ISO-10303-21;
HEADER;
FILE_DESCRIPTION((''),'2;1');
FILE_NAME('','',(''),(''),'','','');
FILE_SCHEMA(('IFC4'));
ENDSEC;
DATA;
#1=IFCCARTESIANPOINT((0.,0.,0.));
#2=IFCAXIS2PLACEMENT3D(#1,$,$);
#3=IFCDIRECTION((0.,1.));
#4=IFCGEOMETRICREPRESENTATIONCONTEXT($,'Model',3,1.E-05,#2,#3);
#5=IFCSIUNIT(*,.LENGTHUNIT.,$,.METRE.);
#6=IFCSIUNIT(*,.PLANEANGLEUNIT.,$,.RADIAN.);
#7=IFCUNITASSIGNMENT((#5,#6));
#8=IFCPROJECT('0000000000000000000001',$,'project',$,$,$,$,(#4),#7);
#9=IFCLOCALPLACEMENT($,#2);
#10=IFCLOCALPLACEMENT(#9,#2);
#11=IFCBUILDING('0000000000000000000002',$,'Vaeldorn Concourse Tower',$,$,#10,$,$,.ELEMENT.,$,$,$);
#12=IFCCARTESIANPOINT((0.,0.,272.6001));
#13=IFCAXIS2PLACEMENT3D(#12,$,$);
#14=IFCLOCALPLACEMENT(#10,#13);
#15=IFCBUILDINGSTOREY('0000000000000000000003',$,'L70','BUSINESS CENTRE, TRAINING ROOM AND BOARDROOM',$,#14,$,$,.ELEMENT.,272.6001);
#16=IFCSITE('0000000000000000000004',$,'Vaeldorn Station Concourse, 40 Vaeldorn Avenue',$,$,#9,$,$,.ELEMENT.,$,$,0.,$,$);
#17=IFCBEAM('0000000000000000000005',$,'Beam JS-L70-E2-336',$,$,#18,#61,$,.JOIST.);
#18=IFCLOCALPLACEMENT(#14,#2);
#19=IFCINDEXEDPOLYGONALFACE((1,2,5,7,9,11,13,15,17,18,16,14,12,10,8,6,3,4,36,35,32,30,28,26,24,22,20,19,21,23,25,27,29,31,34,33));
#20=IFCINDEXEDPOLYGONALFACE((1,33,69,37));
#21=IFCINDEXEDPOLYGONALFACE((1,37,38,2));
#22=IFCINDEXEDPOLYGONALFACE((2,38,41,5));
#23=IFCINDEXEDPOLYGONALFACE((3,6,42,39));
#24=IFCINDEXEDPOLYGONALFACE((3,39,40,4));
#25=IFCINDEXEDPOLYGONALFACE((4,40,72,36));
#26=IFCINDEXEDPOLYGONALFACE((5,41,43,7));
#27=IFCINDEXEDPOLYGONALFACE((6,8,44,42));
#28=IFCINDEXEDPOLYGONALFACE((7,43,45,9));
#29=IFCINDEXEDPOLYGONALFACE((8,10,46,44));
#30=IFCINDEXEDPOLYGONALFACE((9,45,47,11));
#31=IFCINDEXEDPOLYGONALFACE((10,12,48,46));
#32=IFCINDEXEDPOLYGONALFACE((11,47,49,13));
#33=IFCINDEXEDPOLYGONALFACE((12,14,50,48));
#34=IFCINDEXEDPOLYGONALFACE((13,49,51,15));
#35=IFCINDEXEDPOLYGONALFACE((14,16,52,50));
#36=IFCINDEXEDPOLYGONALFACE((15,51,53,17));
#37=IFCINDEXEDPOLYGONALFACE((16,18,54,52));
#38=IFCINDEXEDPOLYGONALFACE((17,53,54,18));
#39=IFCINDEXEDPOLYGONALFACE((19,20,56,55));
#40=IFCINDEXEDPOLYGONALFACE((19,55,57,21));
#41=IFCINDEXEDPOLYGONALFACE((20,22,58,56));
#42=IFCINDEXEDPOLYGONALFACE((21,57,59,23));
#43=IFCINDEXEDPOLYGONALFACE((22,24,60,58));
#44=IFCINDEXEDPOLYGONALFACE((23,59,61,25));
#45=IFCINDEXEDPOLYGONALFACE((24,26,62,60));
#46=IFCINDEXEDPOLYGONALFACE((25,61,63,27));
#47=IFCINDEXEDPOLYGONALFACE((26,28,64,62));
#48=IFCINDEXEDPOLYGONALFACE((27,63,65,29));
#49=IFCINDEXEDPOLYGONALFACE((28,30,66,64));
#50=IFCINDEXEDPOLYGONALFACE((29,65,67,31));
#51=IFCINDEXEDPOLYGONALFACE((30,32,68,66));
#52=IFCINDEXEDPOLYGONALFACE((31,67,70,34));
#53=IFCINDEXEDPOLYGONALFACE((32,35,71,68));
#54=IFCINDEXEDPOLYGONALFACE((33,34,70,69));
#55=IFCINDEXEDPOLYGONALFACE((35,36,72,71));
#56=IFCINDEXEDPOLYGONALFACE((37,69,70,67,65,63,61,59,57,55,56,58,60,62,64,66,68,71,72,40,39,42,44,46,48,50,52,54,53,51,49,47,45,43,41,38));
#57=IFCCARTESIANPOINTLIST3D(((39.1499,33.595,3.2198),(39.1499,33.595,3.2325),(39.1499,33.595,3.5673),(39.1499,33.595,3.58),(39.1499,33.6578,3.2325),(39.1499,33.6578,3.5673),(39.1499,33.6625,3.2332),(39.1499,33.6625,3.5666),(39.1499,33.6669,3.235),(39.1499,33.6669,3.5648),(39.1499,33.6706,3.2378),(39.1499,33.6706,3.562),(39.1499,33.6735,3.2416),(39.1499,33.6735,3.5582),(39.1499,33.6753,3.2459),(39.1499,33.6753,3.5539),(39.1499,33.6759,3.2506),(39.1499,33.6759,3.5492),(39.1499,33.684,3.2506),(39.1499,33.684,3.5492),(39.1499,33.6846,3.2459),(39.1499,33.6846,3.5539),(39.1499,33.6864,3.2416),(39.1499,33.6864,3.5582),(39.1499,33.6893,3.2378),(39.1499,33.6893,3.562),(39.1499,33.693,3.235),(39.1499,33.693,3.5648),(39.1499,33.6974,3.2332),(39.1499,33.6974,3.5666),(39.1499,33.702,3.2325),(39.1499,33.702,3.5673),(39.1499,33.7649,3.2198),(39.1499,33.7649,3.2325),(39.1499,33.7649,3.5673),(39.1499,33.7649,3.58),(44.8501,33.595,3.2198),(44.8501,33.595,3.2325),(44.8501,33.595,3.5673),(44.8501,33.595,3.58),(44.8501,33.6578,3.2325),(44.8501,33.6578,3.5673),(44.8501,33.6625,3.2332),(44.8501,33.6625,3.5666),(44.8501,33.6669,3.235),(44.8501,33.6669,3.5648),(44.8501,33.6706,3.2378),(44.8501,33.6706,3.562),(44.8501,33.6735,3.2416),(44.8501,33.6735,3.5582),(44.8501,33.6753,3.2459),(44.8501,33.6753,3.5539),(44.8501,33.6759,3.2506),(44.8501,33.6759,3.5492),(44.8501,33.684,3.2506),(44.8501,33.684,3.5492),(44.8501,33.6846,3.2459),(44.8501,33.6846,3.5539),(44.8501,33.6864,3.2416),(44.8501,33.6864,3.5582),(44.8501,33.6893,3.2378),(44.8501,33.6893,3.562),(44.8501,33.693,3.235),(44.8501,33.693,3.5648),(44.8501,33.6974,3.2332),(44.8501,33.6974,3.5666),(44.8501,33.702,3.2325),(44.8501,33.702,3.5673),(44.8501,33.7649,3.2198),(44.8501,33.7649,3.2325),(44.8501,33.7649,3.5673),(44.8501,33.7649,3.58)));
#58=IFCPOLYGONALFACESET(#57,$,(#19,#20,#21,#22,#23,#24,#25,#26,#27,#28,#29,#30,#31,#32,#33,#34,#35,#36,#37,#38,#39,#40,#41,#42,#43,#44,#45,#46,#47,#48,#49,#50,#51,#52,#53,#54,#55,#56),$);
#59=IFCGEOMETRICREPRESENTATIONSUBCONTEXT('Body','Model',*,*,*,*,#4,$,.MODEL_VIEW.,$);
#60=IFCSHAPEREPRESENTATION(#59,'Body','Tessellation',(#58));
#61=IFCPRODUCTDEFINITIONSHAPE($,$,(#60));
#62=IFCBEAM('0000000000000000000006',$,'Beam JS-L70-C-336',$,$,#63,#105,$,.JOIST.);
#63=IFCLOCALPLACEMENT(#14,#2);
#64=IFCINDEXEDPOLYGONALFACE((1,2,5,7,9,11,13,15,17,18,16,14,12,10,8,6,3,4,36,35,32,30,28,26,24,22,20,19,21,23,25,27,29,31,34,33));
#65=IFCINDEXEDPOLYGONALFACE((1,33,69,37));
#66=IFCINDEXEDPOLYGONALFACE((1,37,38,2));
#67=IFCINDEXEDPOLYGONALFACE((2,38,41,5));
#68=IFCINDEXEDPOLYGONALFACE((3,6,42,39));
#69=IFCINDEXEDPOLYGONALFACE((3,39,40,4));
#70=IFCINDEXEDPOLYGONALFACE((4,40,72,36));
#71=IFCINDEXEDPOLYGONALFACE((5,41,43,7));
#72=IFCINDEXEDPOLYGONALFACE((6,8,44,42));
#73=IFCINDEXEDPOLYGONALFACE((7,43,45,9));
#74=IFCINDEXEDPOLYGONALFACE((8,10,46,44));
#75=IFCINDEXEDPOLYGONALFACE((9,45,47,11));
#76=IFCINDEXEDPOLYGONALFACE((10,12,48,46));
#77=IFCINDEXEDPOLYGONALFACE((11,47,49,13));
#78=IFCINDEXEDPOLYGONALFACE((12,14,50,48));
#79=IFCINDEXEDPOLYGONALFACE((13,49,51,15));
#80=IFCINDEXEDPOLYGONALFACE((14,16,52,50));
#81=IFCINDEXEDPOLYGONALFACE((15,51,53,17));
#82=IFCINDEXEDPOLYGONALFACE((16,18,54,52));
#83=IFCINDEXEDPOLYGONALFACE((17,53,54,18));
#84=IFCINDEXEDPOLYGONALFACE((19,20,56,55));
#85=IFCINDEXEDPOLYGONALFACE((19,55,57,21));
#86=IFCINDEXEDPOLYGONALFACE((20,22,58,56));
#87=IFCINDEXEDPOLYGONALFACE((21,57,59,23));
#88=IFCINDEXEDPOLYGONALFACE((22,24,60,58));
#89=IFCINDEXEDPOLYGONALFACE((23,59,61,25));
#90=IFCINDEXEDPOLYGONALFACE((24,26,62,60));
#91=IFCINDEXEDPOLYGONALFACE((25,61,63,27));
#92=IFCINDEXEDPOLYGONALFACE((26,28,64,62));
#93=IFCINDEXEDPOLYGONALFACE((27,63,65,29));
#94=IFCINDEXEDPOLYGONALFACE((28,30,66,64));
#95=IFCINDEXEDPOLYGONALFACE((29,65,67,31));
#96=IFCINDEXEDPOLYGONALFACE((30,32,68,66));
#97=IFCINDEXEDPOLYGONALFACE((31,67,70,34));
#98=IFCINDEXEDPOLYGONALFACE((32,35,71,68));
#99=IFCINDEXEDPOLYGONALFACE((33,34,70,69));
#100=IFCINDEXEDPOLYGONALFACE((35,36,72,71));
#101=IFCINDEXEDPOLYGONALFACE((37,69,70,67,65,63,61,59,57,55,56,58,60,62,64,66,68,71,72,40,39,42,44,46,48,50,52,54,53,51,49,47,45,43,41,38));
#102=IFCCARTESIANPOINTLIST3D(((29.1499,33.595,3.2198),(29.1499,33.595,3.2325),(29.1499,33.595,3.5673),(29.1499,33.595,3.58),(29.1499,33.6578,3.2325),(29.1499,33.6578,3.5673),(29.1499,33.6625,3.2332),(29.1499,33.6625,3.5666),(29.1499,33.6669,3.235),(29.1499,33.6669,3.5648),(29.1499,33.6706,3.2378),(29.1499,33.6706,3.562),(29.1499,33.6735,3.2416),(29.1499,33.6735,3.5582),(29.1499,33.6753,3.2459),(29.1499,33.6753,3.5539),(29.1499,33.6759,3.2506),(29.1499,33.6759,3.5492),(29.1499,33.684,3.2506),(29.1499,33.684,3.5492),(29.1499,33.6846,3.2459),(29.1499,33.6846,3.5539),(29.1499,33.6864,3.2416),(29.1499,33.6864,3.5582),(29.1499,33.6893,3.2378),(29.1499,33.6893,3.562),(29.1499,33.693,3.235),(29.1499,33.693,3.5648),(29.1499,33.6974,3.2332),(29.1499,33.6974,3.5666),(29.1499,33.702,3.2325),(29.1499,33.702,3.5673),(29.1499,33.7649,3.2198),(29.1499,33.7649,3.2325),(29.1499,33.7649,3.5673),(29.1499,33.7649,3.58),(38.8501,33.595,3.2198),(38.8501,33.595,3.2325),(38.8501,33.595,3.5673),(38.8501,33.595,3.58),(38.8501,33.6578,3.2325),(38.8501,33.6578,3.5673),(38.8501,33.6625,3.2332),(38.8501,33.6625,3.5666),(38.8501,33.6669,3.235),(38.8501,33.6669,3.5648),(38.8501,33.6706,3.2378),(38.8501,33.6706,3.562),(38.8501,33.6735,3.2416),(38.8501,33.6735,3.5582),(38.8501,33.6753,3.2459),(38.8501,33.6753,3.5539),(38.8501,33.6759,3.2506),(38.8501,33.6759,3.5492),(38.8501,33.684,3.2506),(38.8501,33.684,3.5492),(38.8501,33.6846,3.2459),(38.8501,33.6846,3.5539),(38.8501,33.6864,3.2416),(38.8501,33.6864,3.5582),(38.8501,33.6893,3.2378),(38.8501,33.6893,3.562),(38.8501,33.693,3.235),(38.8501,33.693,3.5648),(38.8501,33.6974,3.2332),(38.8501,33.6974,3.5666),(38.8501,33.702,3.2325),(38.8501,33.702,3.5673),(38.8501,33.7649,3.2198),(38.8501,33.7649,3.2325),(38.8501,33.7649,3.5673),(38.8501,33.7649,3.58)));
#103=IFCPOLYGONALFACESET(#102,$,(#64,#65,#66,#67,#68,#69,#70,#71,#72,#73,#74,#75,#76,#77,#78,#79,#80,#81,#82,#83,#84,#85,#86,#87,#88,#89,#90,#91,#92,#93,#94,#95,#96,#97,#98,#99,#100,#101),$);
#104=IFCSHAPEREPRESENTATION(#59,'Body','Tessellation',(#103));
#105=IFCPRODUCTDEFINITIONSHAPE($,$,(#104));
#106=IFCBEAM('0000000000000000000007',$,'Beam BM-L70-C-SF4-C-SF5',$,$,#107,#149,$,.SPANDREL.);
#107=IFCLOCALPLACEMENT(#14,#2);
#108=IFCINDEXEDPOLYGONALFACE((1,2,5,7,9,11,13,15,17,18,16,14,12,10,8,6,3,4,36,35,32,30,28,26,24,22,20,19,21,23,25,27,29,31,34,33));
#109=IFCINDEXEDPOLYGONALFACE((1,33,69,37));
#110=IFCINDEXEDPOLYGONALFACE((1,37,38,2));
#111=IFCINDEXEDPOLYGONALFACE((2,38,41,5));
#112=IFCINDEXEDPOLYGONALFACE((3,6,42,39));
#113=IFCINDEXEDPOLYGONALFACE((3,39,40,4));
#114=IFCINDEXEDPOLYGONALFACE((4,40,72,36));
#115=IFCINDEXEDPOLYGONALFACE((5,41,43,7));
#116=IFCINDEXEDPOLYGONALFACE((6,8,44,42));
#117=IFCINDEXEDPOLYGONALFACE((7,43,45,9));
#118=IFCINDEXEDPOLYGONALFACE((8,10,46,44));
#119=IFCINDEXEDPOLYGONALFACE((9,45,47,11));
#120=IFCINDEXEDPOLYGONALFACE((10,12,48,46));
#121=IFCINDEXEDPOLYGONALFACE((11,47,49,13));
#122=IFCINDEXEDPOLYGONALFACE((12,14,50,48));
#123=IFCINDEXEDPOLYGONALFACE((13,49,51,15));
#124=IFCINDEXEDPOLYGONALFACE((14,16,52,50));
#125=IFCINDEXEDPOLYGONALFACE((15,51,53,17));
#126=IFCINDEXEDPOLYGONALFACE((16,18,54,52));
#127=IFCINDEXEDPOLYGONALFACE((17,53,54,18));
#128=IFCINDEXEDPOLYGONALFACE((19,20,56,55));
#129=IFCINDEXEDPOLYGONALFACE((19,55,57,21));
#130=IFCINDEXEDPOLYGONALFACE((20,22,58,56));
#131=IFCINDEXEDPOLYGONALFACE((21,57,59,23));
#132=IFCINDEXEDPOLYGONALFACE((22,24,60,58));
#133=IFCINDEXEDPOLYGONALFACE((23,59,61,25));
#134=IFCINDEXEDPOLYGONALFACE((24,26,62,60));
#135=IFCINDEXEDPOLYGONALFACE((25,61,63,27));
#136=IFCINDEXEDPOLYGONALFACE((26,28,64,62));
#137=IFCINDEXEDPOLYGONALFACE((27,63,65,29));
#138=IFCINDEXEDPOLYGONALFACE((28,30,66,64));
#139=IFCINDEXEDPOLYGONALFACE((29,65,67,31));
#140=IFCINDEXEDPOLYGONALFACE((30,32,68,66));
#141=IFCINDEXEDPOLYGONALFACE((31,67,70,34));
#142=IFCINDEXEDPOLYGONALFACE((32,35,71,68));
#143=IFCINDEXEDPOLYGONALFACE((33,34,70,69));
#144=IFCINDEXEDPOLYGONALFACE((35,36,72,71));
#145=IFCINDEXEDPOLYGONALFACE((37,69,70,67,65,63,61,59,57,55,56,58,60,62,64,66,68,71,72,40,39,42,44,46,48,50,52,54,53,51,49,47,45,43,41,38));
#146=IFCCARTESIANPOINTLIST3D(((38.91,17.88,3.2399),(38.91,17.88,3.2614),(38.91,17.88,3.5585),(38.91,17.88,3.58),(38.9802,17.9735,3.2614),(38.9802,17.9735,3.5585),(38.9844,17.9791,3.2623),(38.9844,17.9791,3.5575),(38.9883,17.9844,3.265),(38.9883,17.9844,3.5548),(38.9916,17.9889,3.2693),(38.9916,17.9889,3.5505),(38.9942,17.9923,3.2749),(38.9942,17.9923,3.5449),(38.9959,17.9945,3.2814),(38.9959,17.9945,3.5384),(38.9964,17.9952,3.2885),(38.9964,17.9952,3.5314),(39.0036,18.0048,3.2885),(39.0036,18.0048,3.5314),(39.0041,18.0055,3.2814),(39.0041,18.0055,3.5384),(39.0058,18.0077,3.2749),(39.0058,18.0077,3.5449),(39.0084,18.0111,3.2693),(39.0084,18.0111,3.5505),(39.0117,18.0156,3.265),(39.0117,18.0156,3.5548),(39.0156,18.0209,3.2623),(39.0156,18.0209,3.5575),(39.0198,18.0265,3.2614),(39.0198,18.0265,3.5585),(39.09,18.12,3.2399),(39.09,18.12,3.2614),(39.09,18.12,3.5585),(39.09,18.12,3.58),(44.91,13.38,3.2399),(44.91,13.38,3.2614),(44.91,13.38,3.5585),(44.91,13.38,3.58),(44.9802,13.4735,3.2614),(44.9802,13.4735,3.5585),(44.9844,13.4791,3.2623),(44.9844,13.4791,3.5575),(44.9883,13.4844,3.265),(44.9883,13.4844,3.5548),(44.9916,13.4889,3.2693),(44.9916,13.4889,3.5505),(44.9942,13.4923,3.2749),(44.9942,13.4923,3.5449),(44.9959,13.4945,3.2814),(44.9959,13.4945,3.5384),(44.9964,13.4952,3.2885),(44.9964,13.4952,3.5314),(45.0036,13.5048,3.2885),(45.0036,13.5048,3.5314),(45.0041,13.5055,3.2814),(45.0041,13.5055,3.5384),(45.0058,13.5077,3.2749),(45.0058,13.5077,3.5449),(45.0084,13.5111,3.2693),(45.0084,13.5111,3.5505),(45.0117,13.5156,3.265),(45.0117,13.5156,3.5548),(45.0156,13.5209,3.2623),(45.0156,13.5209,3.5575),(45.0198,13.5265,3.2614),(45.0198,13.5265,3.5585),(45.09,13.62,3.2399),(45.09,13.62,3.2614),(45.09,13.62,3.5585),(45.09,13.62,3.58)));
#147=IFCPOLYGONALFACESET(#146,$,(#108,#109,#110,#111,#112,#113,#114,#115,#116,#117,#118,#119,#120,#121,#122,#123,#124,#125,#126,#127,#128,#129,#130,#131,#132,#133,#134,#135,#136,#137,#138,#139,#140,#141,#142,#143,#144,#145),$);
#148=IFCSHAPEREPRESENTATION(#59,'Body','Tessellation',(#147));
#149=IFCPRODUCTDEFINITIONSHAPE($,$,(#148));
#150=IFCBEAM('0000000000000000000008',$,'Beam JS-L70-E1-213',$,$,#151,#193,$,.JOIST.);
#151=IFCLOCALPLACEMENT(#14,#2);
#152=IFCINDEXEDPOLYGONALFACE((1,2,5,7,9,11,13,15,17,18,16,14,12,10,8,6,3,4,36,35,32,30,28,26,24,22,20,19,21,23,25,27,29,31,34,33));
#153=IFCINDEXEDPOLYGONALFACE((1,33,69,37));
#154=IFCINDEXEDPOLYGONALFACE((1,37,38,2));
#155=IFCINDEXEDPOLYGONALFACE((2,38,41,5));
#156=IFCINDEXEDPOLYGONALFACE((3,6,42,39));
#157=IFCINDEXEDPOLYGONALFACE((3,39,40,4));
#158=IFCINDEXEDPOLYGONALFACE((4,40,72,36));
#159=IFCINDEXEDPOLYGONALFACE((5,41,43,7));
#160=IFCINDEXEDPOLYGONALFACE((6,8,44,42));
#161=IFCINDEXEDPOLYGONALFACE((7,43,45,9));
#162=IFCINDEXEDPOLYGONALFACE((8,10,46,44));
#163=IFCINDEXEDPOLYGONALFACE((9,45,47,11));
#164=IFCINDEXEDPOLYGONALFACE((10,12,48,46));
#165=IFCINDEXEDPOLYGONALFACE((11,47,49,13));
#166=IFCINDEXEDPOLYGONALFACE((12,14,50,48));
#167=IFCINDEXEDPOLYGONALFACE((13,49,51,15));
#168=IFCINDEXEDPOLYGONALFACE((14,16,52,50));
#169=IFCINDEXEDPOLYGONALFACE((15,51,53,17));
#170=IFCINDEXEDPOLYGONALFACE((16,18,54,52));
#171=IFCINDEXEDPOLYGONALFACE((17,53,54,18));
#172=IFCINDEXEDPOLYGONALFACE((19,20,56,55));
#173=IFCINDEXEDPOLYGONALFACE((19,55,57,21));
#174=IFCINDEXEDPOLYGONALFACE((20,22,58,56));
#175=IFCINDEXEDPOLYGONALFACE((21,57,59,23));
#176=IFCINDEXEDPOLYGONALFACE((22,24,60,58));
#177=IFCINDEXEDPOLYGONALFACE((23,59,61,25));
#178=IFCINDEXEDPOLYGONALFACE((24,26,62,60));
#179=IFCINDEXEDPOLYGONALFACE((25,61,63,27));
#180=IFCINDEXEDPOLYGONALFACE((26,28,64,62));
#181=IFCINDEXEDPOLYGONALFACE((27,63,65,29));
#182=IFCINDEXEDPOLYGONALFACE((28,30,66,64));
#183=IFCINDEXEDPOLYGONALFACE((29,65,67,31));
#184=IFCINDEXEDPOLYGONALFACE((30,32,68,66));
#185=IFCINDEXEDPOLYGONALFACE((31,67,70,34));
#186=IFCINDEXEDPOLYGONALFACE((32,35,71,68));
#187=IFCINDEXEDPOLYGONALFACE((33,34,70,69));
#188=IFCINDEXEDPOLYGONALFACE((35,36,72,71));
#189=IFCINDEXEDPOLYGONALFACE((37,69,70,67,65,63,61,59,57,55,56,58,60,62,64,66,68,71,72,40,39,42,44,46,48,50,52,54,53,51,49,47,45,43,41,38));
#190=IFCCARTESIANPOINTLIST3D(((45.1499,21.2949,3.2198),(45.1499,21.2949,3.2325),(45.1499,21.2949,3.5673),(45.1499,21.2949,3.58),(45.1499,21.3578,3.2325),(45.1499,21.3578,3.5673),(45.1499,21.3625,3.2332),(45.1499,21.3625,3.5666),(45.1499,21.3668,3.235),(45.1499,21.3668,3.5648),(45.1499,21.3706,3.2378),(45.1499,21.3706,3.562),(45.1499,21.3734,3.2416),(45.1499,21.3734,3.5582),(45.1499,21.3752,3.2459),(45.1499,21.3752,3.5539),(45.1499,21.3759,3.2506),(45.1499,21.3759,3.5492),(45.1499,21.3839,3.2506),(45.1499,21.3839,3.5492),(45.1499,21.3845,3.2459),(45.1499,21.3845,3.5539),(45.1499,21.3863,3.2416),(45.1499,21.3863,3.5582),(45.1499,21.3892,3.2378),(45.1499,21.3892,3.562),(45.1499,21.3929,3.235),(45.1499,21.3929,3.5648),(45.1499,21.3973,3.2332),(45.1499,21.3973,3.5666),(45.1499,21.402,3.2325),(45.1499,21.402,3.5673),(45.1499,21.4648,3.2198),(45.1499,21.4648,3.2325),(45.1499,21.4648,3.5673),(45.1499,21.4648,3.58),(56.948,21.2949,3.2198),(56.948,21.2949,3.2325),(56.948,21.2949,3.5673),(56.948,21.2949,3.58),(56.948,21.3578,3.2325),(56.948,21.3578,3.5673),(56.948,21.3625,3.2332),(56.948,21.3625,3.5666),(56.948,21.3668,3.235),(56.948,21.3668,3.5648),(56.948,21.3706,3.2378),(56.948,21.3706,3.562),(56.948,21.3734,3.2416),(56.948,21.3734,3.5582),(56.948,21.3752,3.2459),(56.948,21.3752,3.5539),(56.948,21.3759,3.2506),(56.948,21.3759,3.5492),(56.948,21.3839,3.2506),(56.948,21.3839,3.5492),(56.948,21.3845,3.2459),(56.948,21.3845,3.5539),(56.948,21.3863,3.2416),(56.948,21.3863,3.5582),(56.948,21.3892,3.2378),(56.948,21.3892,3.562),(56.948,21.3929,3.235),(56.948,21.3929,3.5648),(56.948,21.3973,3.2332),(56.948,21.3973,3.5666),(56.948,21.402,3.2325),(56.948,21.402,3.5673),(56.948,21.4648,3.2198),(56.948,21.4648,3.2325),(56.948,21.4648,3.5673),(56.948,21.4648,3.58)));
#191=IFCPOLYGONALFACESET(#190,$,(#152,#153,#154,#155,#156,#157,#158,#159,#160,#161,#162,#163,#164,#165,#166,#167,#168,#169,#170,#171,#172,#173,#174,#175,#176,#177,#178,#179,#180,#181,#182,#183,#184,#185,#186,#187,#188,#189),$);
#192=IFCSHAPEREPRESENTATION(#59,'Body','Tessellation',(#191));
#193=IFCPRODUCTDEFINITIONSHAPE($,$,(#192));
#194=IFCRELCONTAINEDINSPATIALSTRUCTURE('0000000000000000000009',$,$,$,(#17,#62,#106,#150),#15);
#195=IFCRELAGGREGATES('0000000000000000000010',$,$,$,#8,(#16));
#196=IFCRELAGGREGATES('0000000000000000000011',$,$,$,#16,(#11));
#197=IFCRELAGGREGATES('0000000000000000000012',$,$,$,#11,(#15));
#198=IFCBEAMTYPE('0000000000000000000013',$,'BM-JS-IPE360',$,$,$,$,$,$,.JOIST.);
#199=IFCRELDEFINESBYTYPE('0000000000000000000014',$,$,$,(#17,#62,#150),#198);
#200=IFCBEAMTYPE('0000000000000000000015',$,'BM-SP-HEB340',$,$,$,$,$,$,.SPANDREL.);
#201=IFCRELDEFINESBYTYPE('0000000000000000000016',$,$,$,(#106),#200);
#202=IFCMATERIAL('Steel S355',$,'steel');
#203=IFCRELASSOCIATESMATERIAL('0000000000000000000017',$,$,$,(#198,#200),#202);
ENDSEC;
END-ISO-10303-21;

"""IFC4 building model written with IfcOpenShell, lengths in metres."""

from ifc_helpers import new_model, si_unit, direction, frame, origin, origin_2d, place, context, subcontext, project, spatial, i_section, extrude, source, transform, mapped, material, material_profile, profile_set, type_object, element, save


model = new_model("IFC4")

# Units and contexts
model_context = context("Model", 3, precision=1e-05, world=origin(), true_north=direction((0.0, 1.0)))
body_context = subcontext(model_context, "Body", "Model", "MODEL_VIEW")
ifc_project = project(units=[si_unit("LENGTHUNIT", "METRE"), si_unit("PLANEANGLEUNIT", "RADIAN")], contexts=[model_context])

# Site, building, storey
site_placement = place(None, origin())
site = spatial("IfcSite", under=ifc_project, at=site_placement, Name="Vaeldorn Station Concourse, 40 Vaeldorn Avenue", CompositionType="ELEMENT", RefElevation=0.0)
building_placement = place(site_placement, origin())
building = spatial("IfcBuilding", under=site, at=building_placement, Name="Vaeldorn Concourse Tower", CompositionType="ELEMENT")
storey_placement = place(building_placement, frame((0.0, 0.0, 272.6001)))
storey = spatial("IfcBuildingStorey", under=building, at=storey_placement, Name="L70", Description="BUSINESS CENTRE, TRAINING ROOM AND BOARDROOM", CompositionType="ELEMENT", Elevation=272.6001)

# Shared definitions
ifc_material_1 = material(Name="Steel S355", Category="steel")

# Beams
ifc_material_profile_1 = material_profile(ifc_material_1, i_section(OverallWidth=0.1699, OverallDepth=0.3601, WebThickness=0.0081, FlangeThickness=0.0127, FilletRadius=0.0181, at=origin_2d()), Name="IPE 360")
ifc_profile_set_1 = profile_set([ifc_material_profile_1], Name="Steel S355")
beam_type_1 = type_object("IfcBeamType", Name="BM-JS-IPE360", PredefinedType="JOIST", material=ifc_profile_set_1)
shared_shape_1 = source(origin(), body_context, "Body", "SweptSolid", [
    extrude(i_section(OverallWidth=0.1699, OverallDepth=0.3601, WebThickness=0.0081, FlangeThickness=0.0127, FilletRadius=0.0181, at=origin_2d()), origin(), (0.0, 0.0, 1.0), 5.7002),
])
for number, where, z_axis, x_axis, name in (
    (1, (39.1499, 33.6799, 3.3999), (1.0, 0.0, 0.0), (0.0, 1.0, 0.0), "Beam JS-L70-E2-336"),
):
    element("IfcBeam", number, at=place(storey_placement, frame(where, z_axis=z_axis, x_axis=x_axis)), inside=storey, type_object=beam_type_1, Name=name, PredefinedType="JOIST", context=body_context, shape_type="MappedRepresentation", body=[
        mapped(shared_shape_1, transform((0.0, 0.0, 0.0), scale=1.0)),
    ])
shared_shape_2 = source(origin(), body_context, "Body", "SweptSolid", [
    extrude(i_section(OverallWidth=0.1699, OverallDepth=0.3601, WebThickness=0.0081, FlangeThickness=0.0127, FilletRadius=0.0181, at=origin_2d()), origin(), (0.0, 0.0, 1.0), 9.7002),
])
beam_1_placement = place(storey_placement, frame((29.1499, 33.6799, 3.3999), z_axis=(1.0, 0.0, 0.0), x_axis=(0.0, 1.0, 0.0)))
element("IfcBeam", 2, at=beam_1_placement, inside=storey, type_object=beam_type_1, Name="Beam JS-L70-C-336", PredefinedType="JOIST", context=body_context, shape_type="MappedRepresentation", body=[
    mapped(shared_shape_2, transform((0.0, 0.0, 0.0), scale=1.0)),
])
ifc_material_profile_2 = material_profile(ifc_material_1, i_section(OverallWidth=0.3, OverallDepth=0.3401, WebThickness=0.012, FlangeThickness=0.0215, FilletRadius=0.0271, at=origin_2d()), Name="HEB 340")
ifc_profile_set_2 = profile_set([ifc_material_profile_2], Name="Steel S355")
beam_type_2 = type_object("IfcBeamType", Name="BM-SP-HEB340", PredefinedType="SPANDREL", material=ifc_profile_set_2)
shared_shape_3 = source(origin(), body_context, "Body", "SweptSolid", [
    extrude(i_section(OverallWidth=0.3, OverallDepth=0.3401, WebThickness=0.012, FlangeThickness=0.0215, FilletRadius=0.0271, at=origin_2d()), origin(), (0.0, 0.0, 1.0), 7.5),
])
beam_2_placement = place(storey_placement, frame((39.0, 18.0, 3.4099), z_axis=(0.8, -0.6, 0.0), x_axis=(0.6, 0.8, 0.0)))
element("IfcBeam", 3, at=beam_2_placement, inside=storey, type_object=beam_type_2, Name="Beam BM-L70-C-SF4-C-SF5", PredefinedType="SPANDREL", context=body_context, shape_type="MappedRepresentation", body=[
    mapped(shared_shape_3, transform((0.0, 0.0, 0.0), scale=1.0)),
])
shared_shape_4 = source(origin(), body_context, "Body", "SweptSolid", [
    extrude(i_section(OverallWidth=0.1699, OverallDepth=0.3601, WebThickness=0.0081, FlangeThickness=0.0127, FilletRadius=0.0181, at=origin_2d()), origin(), (0.0, 0.0, 1.0), 11.7981),
])
beam_3_placement = place(storey_placement, frame((45.1499, 21.3799, 3.3999), z_axis=(1.0, 0.0, 0.0), x_axis=(0.0, 1.0, 0.0)))
element("IfcBeam", 4, at=beam_3_placement, inside=storey, type_object=beam_type_1, Name="Beam JS-L70-E1-213", PredefinedType="JOIST", context=body_context, shape_type="MappedRepresentation", body=[
    mapped(shared_shape_4, transform((0.0, 0.0, 0.0), scale=1.0)),
])

save(model, "model.ifc")
